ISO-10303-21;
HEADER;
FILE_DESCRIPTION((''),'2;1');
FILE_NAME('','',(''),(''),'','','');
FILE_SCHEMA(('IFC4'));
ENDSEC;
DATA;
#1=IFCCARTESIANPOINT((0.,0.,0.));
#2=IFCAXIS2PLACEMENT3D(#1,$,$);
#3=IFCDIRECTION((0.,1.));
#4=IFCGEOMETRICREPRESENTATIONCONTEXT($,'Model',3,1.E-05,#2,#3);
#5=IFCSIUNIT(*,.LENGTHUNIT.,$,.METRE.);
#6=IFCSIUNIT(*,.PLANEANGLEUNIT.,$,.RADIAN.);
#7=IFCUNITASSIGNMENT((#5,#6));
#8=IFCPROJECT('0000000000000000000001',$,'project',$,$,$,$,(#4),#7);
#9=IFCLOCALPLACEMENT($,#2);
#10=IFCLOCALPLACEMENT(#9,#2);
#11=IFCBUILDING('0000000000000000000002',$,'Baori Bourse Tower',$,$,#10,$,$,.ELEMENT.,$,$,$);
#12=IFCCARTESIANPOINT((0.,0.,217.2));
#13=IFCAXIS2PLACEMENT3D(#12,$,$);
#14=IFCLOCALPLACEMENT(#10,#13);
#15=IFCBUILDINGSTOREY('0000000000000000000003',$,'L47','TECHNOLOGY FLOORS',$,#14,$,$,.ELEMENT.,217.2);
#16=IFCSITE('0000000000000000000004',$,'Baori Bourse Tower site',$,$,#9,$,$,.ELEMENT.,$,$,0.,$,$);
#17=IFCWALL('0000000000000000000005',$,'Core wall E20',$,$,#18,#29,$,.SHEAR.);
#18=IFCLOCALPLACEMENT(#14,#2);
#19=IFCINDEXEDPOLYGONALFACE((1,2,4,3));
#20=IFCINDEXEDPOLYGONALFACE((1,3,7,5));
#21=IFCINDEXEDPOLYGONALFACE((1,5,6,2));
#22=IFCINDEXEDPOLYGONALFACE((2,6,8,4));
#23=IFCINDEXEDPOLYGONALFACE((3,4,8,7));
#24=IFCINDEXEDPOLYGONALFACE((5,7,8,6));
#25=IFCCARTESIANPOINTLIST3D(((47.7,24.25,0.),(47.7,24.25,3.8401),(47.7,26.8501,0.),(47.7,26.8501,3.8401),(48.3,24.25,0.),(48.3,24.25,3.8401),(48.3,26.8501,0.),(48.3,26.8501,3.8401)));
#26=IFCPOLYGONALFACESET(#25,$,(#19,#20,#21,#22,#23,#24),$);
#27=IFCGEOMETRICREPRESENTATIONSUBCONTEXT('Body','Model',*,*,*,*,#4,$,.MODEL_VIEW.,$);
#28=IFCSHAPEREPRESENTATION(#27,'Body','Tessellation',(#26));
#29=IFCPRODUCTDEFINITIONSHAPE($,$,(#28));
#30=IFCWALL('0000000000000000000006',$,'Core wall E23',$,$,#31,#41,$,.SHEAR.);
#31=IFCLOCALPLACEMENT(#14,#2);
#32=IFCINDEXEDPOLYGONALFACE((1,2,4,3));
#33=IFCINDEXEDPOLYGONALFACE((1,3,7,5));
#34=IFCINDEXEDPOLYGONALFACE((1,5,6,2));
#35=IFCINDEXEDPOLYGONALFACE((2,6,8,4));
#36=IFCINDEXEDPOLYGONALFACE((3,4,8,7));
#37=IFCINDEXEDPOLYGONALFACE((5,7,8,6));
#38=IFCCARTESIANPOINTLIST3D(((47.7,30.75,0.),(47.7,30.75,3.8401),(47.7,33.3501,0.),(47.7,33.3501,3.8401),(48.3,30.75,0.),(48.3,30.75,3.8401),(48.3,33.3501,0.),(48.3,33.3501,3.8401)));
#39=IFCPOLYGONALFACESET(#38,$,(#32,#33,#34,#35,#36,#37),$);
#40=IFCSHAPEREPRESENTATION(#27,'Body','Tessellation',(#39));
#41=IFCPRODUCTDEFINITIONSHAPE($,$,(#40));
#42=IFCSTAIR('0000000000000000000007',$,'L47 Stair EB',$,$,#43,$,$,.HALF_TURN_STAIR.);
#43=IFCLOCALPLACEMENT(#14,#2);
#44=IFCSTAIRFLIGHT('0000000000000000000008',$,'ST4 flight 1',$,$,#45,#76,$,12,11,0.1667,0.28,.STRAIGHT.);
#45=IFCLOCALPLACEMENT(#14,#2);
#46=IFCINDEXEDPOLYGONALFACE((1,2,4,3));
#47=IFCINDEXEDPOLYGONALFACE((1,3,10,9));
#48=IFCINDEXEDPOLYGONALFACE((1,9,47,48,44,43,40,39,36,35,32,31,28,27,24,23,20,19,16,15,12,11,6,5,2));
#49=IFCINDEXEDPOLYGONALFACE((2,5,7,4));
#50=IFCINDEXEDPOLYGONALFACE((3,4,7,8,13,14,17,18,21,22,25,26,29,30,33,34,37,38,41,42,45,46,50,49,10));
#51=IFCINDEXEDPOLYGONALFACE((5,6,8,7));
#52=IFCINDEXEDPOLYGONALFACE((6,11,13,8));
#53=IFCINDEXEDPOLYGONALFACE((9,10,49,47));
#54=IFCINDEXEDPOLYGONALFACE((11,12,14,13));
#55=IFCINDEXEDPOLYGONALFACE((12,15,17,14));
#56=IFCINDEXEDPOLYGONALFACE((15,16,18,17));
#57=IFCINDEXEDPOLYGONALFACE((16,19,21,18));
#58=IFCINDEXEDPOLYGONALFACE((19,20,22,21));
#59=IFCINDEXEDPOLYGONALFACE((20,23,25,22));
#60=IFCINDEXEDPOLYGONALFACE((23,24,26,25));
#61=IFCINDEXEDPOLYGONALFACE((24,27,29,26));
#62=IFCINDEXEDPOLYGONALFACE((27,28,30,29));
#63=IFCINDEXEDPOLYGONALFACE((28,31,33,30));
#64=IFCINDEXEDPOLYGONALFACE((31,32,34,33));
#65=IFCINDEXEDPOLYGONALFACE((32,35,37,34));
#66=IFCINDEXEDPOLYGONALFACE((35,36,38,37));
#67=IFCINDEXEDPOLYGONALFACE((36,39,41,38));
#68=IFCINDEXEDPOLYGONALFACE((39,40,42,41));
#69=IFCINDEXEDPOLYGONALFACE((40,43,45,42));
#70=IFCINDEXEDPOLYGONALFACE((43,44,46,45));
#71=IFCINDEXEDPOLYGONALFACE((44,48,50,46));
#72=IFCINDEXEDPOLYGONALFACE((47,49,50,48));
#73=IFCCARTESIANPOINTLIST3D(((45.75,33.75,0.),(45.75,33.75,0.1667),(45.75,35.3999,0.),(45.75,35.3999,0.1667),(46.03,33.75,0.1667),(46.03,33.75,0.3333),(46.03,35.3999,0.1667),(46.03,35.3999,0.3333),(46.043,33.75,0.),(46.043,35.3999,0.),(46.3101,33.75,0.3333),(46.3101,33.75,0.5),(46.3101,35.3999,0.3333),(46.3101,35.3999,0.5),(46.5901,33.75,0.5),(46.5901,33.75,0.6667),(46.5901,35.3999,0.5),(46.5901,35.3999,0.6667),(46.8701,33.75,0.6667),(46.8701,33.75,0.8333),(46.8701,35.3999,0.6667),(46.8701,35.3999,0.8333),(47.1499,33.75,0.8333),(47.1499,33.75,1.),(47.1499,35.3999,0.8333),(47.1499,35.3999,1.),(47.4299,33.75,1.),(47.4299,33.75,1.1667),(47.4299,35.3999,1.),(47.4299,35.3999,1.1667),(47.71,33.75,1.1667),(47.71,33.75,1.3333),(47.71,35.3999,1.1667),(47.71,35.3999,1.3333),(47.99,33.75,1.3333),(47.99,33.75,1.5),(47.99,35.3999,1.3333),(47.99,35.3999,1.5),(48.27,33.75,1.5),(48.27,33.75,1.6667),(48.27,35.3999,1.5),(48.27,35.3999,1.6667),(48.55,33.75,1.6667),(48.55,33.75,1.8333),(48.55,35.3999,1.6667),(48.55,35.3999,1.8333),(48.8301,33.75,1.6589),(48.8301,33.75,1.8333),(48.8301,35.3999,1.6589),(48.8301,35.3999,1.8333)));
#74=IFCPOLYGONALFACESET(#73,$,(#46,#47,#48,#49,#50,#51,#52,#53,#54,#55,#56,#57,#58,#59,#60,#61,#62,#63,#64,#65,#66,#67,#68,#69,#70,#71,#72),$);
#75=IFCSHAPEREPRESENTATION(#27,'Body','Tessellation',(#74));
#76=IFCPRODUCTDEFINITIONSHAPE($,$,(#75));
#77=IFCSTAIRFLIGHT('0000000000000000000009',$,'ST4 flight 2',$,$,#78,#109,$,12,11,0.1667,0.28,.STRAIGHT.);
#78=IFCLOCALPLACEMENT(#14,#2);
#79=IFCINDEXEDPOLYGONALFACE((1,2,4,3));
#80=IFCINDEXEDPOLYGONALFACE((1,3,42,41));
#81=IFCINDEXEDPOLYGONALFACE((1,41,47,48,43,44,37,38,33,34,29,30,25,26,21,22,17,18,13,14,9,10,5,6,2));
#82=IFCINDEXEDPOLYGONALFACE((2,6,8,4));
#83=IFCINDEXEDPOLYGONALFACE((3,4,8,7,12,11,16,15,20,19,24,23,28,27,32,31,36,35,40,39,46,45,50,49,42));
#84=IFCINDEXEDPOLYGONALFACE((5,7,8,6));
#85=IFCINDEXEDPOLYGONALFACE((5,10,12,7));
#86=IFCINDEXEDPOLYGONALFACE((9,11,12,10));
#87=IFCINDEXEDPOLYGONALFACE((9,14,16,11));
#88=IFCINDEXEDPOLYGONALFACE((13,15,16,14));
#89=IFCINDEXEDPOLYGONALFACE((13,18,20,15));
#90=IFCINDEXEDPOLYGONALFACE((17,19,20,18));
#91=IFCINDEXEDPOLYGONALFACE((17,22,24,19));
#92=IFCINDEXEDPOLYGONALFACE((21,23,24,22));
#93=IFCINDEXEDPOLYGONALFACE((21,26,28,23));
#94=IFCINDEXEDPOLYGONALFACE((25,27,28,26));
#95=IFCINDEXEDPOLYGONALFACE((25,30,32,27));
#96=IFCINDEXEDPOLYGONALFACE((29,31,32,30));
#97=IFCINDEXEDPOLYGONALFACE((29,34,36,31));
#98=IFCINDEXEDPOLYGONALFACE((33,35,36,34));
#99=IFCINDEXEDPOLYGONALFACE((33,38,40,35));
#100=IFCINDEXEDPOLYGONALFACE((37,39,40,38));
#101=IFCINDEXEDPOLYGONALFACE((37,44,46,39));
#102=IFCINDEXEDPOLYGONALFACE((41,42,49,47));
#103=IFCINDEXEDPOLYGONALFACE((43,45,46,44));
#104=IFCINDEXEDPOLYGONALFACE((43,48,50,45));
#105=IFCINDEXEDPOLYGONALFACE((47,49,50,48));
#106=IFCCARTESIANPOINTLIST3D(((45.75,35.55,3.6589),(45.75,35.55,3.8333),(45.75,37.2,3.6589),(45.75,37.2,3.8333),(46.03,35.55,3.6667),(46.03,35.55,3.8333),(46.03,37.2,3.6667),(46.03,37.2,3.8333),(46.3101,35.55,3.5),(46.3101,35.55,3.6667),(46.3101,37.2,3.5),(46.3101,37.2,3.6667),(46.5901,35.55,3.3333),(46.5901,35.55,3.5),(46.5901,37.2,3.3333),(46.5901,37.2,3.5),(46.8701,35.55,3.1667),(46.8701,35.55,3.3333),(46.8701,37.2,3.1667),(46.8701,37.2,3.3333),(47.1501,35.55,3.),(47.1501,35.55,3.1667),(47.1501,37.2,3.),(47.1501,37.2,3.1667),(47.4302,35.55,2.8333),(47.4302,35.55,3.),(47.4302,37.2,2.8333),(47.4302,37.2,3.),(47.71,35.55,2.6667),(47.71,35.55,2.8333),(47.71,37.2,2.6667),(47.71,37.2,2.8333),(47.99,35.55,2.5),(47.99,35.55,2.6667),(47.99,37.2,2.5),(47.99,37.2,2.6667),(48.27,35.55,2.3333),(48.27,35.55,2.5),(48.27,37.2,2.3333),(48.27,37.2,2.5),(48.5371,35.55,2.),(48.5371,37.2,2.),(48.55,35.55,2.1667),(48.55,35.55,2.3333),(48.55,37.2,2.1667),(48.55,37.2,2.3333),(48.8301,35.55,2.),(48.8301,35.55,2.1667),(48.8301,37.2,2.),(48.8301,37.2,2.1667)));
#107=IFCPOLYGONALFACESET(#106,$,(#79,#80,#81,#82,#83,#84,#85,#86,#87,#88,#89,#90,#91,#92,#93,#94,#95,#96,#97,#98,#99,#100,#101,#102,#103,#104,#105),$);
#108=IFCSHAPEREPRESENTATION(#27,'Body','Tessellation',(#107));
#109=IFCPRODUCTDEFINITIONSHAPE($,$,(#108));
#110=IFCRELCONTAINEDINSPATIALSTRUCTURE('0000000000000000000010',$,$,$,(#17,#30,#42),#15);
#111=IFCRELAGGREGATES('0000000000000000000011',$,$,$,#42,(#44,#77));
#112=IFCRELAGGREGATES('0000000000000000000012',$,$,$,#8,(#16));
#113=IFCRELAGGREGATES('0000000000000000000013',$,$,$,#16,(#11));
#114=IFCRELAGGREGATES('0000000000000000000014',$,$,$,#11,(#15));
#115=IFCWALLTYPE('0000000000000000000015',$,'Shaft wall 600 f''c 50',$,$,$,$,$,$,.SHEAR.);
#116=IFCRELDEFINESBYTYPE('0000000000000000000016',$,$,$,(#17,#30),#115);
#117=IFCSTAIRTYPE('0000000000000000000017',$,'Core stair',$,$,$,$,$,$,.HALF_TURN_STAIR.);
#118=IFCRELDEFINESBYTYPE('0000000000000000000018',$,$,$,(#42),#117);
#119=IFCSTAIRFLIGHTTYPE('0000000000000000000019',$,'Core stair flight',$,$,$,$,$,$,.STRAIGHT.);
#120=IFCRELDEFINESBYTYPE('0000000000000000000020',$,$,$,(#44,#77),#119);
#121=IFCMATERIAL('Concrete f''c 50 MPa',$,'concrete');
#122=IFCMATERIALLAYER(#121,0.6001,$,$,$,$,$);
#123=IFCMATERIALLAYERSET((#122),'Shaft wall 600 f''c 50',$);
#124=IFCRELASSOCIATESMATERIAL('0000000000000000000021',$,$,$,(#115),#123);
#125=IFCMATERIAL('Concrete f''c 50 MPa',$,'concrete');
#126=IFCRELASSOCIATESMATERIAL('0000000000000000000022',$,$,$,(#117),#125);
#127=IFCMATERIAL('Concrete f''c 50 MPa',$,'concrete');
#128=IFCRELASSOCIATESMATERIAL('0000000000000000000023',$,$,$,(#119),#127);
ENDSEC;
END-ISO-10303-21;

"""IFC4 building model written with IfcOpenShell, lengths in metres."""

from ifc_helpers import new_model, si_unit, direction, frame, frame_2d, origin, place, context, subcontext, project, spatial, polyline, rectangle, outline, extrude, material, layer, layer_set, type_object, element, aggregate, save


model = new_model("IFC4")

# Units and contexts
model_context = context("Model", 3, precision=1e-05, world=origin(), true_north=direction((0.0, 1.0)))
body_context = subcontext(model_context, "Body", "Model", "MODEL_VIEW")
ifc_project = project(units=[si_unit("LENGTHUNIT", "METRE"), si_unit("PLANEANGLEUNIT", "RADIAN")], contexts=[model_context])

# Site, building, storey
site_placement = place(None, origin())
site = spatial("IfcSite", under=ifc_project, at=site_placement, Name="Baori Bourse Tower site", CompositionType="ELEMENT", RefElevation=0.0)
building_placement = place(site_placement, origin())
building = spatial("IfcBuilding", under=site, at=building_placement, Name="Baori Bourse Tower", CompositionType="ELEMENT")
storey_placement = place(building_placement, frame((0.0, 0.0, 217.2)))
storey = spatial("IfcBuildingStorey", under=building, at=storey_placement, Name="L47", Description="TECHNOLOGY FLOORS", CompositionType="ELEMENT", Elevation=217.2)

# Walls
ifc_material_1 = material(Name="Concrete f'c 50 MPa", Category="concrete")
ifc_layer_1 = layer(ifc_material_1, 0.6001)
ifc_layer_set_1 = layer_set([ifc_layer_1], Name="Shaft wall 600 f'c 50")
wall_type_1 = type_object("IfcWallType", Name="Shaft wall 600 f'c 50", PredefinedType="SHEAR", material=ifc_layer_set_1)
for number, where, z_axis, x_axis, name in (
    (1, (48.0, 24.25, 0.0), (0.0, 0.0, 1.0), (0.0, 1.0, 0.0), "Core wall E20"),
    (2, (48.0, 30.75, 0.0), (0.0, 0.0, 1.0), (0.0, 1.0, 0.0), "Core wall E23"),
):
    element("IfcWall", number, at=place(storey_placement, frame(where, z_axis=z_axis, x_axis=x_axis)), inside=storey, type_object=wall_type_1, Name=name, PredefinedType="SHEAR", context=body_context, shape_type="SweptSolid", body=[
        extrude(rectangle(XDim=2.6001, YDim=0.6001, at=frame_2d((1.3, 0.0))), origin(), (0.0, 0.0, 1.0), 3.8401),
    ])

# Stair, stair flights
ifc_material_2 = material(Name="Concrete f'c 50 MPa", Category="concrete")
stair_type = type_object("IfcStairType", Name="Core stair", PredefinedType="HALF_TURN_STAIR", material=ifc_material_2)
stair_placement = place(storey_placement, origin())
stair = element("IfcStair", 3, at=stair_placement, inside=storey, type_object=stair_type, Name="L47 Stair EB", PredefinedType="HALF_TURN_STAIR")
ifc_material_3 = material(Name="Concrete f'c 50 MPa", Category="concrete")
stair_flight_type = type_object("IfcStairFlightType", Name="Core stair flight", PredefinedType="STRAIGHT", material=ifc_material_3)
stair_flight_1_placement = place(storey_placement, frame((45.75, 34.575, 0.0), z_axis=(0.0, 0.0, 1.0), x_axis=(1.0, 0.0, 0.0)))
stair_flight_1 = element("IfcStairFlight", 4, at=stair_flight_1_placement, type_object=stair_flight_type, Name="ST4 flight 1", NumberOfRisers=12, NumberOfTreads=11, PredefinedType="STRAIGHT", RiserHeight=0.1667, TreadLength=0.28, context=body_context, shape_type="SweptSolid", body=[
    extrude(outline(polyline([(0.0, 0.0), (0.0, 0.1667), (0.28, 0.1667), (0.28, 0.3333), (0.5601, 0.3333), (0.5601, 0.5), (0.8401, 0.5), (0.8401, 0.6667), (1.1201, 0.6667), (1.1201, 0.8333), (1.3999, 0.8333), (1.3999, 1.0), (1.6799, 1.0), (1.6799, 1.1667), (1.96, 1.1667), (1.96, 1.3333), (2.24, 1.3333), (2.24, 1.5), (2.52, 1.5), (2.52, 1.6667), (2.8, 1.6667), (2.8, 1.8333), (3.0801, 1.8333), (3.0801, 2.0), (3.0801, 1.6589), (0.293, 0.0), (0.0, 0.0)])), frame((0.0, 0.825, 0.0), z_axis=(0.0, -1.0, 0.0), x_axis=(1.0, 0.0, 0.0)), (0.0, 0.0, 1.0), 1.6499),
])
stair_flight_2_placement = place(storey_placement, frame((48.8301, 36.375, 2.0), z_axis=(0.0, 0.0, 1.0), x_axis=(-1.0, 0.0, 0.0)))
stair_flight_2 = element("IfcStairFlight", 5, at=stair_flight_2_placement, type_object=stair_flight_type, Name="ST4 flight 2", NumberOfRisers=12, NumberOfTreads=11, PredefinedType="STRAIGHT", RiserHeight=0.1667, TreadLength=0.28, context=body_context, shape_type="SweptSolid", body=[
    extrude(outline(polyline([(0.0, 0.0), (0.0, 0.1667), (0.28, 0.1667), (0.28, 0.3333), (0.5601, 0.3333), (0.5601, 0.5), (0.8401, 0.5), (0.8401, 0.6667), (1.1201, 0.6667), (1.1201, 0.8333), (1.3999, 0.8333), (1.3999, 1.0), (1.6799, 1.0), (1.6799, 1.1667), (1.96, 1.1667), (1.96, 1.3333), (2.24, 1.3333), (2.24, 1.5), (2.52, 1.5), (2.52, 1.6667), (2.8, 1.6667), (2.8, 1.8333), (3.0801, 1.8333), (3.0801, 2.0), (3.0801, 1.6589), (0.293, 0.0), (0.0, 0.0)])), frame((0.0, 0.825, 0.0), z_axis=(0.0, -1.0, 0.0), x_axis=(1.0, 0.0, 0.0)), (0.0, 0.0, 1.0), 1.6499),
])
aggregate(stair, [stair_flight_1, stair_flight_2])

save(model, "model.ifc")
